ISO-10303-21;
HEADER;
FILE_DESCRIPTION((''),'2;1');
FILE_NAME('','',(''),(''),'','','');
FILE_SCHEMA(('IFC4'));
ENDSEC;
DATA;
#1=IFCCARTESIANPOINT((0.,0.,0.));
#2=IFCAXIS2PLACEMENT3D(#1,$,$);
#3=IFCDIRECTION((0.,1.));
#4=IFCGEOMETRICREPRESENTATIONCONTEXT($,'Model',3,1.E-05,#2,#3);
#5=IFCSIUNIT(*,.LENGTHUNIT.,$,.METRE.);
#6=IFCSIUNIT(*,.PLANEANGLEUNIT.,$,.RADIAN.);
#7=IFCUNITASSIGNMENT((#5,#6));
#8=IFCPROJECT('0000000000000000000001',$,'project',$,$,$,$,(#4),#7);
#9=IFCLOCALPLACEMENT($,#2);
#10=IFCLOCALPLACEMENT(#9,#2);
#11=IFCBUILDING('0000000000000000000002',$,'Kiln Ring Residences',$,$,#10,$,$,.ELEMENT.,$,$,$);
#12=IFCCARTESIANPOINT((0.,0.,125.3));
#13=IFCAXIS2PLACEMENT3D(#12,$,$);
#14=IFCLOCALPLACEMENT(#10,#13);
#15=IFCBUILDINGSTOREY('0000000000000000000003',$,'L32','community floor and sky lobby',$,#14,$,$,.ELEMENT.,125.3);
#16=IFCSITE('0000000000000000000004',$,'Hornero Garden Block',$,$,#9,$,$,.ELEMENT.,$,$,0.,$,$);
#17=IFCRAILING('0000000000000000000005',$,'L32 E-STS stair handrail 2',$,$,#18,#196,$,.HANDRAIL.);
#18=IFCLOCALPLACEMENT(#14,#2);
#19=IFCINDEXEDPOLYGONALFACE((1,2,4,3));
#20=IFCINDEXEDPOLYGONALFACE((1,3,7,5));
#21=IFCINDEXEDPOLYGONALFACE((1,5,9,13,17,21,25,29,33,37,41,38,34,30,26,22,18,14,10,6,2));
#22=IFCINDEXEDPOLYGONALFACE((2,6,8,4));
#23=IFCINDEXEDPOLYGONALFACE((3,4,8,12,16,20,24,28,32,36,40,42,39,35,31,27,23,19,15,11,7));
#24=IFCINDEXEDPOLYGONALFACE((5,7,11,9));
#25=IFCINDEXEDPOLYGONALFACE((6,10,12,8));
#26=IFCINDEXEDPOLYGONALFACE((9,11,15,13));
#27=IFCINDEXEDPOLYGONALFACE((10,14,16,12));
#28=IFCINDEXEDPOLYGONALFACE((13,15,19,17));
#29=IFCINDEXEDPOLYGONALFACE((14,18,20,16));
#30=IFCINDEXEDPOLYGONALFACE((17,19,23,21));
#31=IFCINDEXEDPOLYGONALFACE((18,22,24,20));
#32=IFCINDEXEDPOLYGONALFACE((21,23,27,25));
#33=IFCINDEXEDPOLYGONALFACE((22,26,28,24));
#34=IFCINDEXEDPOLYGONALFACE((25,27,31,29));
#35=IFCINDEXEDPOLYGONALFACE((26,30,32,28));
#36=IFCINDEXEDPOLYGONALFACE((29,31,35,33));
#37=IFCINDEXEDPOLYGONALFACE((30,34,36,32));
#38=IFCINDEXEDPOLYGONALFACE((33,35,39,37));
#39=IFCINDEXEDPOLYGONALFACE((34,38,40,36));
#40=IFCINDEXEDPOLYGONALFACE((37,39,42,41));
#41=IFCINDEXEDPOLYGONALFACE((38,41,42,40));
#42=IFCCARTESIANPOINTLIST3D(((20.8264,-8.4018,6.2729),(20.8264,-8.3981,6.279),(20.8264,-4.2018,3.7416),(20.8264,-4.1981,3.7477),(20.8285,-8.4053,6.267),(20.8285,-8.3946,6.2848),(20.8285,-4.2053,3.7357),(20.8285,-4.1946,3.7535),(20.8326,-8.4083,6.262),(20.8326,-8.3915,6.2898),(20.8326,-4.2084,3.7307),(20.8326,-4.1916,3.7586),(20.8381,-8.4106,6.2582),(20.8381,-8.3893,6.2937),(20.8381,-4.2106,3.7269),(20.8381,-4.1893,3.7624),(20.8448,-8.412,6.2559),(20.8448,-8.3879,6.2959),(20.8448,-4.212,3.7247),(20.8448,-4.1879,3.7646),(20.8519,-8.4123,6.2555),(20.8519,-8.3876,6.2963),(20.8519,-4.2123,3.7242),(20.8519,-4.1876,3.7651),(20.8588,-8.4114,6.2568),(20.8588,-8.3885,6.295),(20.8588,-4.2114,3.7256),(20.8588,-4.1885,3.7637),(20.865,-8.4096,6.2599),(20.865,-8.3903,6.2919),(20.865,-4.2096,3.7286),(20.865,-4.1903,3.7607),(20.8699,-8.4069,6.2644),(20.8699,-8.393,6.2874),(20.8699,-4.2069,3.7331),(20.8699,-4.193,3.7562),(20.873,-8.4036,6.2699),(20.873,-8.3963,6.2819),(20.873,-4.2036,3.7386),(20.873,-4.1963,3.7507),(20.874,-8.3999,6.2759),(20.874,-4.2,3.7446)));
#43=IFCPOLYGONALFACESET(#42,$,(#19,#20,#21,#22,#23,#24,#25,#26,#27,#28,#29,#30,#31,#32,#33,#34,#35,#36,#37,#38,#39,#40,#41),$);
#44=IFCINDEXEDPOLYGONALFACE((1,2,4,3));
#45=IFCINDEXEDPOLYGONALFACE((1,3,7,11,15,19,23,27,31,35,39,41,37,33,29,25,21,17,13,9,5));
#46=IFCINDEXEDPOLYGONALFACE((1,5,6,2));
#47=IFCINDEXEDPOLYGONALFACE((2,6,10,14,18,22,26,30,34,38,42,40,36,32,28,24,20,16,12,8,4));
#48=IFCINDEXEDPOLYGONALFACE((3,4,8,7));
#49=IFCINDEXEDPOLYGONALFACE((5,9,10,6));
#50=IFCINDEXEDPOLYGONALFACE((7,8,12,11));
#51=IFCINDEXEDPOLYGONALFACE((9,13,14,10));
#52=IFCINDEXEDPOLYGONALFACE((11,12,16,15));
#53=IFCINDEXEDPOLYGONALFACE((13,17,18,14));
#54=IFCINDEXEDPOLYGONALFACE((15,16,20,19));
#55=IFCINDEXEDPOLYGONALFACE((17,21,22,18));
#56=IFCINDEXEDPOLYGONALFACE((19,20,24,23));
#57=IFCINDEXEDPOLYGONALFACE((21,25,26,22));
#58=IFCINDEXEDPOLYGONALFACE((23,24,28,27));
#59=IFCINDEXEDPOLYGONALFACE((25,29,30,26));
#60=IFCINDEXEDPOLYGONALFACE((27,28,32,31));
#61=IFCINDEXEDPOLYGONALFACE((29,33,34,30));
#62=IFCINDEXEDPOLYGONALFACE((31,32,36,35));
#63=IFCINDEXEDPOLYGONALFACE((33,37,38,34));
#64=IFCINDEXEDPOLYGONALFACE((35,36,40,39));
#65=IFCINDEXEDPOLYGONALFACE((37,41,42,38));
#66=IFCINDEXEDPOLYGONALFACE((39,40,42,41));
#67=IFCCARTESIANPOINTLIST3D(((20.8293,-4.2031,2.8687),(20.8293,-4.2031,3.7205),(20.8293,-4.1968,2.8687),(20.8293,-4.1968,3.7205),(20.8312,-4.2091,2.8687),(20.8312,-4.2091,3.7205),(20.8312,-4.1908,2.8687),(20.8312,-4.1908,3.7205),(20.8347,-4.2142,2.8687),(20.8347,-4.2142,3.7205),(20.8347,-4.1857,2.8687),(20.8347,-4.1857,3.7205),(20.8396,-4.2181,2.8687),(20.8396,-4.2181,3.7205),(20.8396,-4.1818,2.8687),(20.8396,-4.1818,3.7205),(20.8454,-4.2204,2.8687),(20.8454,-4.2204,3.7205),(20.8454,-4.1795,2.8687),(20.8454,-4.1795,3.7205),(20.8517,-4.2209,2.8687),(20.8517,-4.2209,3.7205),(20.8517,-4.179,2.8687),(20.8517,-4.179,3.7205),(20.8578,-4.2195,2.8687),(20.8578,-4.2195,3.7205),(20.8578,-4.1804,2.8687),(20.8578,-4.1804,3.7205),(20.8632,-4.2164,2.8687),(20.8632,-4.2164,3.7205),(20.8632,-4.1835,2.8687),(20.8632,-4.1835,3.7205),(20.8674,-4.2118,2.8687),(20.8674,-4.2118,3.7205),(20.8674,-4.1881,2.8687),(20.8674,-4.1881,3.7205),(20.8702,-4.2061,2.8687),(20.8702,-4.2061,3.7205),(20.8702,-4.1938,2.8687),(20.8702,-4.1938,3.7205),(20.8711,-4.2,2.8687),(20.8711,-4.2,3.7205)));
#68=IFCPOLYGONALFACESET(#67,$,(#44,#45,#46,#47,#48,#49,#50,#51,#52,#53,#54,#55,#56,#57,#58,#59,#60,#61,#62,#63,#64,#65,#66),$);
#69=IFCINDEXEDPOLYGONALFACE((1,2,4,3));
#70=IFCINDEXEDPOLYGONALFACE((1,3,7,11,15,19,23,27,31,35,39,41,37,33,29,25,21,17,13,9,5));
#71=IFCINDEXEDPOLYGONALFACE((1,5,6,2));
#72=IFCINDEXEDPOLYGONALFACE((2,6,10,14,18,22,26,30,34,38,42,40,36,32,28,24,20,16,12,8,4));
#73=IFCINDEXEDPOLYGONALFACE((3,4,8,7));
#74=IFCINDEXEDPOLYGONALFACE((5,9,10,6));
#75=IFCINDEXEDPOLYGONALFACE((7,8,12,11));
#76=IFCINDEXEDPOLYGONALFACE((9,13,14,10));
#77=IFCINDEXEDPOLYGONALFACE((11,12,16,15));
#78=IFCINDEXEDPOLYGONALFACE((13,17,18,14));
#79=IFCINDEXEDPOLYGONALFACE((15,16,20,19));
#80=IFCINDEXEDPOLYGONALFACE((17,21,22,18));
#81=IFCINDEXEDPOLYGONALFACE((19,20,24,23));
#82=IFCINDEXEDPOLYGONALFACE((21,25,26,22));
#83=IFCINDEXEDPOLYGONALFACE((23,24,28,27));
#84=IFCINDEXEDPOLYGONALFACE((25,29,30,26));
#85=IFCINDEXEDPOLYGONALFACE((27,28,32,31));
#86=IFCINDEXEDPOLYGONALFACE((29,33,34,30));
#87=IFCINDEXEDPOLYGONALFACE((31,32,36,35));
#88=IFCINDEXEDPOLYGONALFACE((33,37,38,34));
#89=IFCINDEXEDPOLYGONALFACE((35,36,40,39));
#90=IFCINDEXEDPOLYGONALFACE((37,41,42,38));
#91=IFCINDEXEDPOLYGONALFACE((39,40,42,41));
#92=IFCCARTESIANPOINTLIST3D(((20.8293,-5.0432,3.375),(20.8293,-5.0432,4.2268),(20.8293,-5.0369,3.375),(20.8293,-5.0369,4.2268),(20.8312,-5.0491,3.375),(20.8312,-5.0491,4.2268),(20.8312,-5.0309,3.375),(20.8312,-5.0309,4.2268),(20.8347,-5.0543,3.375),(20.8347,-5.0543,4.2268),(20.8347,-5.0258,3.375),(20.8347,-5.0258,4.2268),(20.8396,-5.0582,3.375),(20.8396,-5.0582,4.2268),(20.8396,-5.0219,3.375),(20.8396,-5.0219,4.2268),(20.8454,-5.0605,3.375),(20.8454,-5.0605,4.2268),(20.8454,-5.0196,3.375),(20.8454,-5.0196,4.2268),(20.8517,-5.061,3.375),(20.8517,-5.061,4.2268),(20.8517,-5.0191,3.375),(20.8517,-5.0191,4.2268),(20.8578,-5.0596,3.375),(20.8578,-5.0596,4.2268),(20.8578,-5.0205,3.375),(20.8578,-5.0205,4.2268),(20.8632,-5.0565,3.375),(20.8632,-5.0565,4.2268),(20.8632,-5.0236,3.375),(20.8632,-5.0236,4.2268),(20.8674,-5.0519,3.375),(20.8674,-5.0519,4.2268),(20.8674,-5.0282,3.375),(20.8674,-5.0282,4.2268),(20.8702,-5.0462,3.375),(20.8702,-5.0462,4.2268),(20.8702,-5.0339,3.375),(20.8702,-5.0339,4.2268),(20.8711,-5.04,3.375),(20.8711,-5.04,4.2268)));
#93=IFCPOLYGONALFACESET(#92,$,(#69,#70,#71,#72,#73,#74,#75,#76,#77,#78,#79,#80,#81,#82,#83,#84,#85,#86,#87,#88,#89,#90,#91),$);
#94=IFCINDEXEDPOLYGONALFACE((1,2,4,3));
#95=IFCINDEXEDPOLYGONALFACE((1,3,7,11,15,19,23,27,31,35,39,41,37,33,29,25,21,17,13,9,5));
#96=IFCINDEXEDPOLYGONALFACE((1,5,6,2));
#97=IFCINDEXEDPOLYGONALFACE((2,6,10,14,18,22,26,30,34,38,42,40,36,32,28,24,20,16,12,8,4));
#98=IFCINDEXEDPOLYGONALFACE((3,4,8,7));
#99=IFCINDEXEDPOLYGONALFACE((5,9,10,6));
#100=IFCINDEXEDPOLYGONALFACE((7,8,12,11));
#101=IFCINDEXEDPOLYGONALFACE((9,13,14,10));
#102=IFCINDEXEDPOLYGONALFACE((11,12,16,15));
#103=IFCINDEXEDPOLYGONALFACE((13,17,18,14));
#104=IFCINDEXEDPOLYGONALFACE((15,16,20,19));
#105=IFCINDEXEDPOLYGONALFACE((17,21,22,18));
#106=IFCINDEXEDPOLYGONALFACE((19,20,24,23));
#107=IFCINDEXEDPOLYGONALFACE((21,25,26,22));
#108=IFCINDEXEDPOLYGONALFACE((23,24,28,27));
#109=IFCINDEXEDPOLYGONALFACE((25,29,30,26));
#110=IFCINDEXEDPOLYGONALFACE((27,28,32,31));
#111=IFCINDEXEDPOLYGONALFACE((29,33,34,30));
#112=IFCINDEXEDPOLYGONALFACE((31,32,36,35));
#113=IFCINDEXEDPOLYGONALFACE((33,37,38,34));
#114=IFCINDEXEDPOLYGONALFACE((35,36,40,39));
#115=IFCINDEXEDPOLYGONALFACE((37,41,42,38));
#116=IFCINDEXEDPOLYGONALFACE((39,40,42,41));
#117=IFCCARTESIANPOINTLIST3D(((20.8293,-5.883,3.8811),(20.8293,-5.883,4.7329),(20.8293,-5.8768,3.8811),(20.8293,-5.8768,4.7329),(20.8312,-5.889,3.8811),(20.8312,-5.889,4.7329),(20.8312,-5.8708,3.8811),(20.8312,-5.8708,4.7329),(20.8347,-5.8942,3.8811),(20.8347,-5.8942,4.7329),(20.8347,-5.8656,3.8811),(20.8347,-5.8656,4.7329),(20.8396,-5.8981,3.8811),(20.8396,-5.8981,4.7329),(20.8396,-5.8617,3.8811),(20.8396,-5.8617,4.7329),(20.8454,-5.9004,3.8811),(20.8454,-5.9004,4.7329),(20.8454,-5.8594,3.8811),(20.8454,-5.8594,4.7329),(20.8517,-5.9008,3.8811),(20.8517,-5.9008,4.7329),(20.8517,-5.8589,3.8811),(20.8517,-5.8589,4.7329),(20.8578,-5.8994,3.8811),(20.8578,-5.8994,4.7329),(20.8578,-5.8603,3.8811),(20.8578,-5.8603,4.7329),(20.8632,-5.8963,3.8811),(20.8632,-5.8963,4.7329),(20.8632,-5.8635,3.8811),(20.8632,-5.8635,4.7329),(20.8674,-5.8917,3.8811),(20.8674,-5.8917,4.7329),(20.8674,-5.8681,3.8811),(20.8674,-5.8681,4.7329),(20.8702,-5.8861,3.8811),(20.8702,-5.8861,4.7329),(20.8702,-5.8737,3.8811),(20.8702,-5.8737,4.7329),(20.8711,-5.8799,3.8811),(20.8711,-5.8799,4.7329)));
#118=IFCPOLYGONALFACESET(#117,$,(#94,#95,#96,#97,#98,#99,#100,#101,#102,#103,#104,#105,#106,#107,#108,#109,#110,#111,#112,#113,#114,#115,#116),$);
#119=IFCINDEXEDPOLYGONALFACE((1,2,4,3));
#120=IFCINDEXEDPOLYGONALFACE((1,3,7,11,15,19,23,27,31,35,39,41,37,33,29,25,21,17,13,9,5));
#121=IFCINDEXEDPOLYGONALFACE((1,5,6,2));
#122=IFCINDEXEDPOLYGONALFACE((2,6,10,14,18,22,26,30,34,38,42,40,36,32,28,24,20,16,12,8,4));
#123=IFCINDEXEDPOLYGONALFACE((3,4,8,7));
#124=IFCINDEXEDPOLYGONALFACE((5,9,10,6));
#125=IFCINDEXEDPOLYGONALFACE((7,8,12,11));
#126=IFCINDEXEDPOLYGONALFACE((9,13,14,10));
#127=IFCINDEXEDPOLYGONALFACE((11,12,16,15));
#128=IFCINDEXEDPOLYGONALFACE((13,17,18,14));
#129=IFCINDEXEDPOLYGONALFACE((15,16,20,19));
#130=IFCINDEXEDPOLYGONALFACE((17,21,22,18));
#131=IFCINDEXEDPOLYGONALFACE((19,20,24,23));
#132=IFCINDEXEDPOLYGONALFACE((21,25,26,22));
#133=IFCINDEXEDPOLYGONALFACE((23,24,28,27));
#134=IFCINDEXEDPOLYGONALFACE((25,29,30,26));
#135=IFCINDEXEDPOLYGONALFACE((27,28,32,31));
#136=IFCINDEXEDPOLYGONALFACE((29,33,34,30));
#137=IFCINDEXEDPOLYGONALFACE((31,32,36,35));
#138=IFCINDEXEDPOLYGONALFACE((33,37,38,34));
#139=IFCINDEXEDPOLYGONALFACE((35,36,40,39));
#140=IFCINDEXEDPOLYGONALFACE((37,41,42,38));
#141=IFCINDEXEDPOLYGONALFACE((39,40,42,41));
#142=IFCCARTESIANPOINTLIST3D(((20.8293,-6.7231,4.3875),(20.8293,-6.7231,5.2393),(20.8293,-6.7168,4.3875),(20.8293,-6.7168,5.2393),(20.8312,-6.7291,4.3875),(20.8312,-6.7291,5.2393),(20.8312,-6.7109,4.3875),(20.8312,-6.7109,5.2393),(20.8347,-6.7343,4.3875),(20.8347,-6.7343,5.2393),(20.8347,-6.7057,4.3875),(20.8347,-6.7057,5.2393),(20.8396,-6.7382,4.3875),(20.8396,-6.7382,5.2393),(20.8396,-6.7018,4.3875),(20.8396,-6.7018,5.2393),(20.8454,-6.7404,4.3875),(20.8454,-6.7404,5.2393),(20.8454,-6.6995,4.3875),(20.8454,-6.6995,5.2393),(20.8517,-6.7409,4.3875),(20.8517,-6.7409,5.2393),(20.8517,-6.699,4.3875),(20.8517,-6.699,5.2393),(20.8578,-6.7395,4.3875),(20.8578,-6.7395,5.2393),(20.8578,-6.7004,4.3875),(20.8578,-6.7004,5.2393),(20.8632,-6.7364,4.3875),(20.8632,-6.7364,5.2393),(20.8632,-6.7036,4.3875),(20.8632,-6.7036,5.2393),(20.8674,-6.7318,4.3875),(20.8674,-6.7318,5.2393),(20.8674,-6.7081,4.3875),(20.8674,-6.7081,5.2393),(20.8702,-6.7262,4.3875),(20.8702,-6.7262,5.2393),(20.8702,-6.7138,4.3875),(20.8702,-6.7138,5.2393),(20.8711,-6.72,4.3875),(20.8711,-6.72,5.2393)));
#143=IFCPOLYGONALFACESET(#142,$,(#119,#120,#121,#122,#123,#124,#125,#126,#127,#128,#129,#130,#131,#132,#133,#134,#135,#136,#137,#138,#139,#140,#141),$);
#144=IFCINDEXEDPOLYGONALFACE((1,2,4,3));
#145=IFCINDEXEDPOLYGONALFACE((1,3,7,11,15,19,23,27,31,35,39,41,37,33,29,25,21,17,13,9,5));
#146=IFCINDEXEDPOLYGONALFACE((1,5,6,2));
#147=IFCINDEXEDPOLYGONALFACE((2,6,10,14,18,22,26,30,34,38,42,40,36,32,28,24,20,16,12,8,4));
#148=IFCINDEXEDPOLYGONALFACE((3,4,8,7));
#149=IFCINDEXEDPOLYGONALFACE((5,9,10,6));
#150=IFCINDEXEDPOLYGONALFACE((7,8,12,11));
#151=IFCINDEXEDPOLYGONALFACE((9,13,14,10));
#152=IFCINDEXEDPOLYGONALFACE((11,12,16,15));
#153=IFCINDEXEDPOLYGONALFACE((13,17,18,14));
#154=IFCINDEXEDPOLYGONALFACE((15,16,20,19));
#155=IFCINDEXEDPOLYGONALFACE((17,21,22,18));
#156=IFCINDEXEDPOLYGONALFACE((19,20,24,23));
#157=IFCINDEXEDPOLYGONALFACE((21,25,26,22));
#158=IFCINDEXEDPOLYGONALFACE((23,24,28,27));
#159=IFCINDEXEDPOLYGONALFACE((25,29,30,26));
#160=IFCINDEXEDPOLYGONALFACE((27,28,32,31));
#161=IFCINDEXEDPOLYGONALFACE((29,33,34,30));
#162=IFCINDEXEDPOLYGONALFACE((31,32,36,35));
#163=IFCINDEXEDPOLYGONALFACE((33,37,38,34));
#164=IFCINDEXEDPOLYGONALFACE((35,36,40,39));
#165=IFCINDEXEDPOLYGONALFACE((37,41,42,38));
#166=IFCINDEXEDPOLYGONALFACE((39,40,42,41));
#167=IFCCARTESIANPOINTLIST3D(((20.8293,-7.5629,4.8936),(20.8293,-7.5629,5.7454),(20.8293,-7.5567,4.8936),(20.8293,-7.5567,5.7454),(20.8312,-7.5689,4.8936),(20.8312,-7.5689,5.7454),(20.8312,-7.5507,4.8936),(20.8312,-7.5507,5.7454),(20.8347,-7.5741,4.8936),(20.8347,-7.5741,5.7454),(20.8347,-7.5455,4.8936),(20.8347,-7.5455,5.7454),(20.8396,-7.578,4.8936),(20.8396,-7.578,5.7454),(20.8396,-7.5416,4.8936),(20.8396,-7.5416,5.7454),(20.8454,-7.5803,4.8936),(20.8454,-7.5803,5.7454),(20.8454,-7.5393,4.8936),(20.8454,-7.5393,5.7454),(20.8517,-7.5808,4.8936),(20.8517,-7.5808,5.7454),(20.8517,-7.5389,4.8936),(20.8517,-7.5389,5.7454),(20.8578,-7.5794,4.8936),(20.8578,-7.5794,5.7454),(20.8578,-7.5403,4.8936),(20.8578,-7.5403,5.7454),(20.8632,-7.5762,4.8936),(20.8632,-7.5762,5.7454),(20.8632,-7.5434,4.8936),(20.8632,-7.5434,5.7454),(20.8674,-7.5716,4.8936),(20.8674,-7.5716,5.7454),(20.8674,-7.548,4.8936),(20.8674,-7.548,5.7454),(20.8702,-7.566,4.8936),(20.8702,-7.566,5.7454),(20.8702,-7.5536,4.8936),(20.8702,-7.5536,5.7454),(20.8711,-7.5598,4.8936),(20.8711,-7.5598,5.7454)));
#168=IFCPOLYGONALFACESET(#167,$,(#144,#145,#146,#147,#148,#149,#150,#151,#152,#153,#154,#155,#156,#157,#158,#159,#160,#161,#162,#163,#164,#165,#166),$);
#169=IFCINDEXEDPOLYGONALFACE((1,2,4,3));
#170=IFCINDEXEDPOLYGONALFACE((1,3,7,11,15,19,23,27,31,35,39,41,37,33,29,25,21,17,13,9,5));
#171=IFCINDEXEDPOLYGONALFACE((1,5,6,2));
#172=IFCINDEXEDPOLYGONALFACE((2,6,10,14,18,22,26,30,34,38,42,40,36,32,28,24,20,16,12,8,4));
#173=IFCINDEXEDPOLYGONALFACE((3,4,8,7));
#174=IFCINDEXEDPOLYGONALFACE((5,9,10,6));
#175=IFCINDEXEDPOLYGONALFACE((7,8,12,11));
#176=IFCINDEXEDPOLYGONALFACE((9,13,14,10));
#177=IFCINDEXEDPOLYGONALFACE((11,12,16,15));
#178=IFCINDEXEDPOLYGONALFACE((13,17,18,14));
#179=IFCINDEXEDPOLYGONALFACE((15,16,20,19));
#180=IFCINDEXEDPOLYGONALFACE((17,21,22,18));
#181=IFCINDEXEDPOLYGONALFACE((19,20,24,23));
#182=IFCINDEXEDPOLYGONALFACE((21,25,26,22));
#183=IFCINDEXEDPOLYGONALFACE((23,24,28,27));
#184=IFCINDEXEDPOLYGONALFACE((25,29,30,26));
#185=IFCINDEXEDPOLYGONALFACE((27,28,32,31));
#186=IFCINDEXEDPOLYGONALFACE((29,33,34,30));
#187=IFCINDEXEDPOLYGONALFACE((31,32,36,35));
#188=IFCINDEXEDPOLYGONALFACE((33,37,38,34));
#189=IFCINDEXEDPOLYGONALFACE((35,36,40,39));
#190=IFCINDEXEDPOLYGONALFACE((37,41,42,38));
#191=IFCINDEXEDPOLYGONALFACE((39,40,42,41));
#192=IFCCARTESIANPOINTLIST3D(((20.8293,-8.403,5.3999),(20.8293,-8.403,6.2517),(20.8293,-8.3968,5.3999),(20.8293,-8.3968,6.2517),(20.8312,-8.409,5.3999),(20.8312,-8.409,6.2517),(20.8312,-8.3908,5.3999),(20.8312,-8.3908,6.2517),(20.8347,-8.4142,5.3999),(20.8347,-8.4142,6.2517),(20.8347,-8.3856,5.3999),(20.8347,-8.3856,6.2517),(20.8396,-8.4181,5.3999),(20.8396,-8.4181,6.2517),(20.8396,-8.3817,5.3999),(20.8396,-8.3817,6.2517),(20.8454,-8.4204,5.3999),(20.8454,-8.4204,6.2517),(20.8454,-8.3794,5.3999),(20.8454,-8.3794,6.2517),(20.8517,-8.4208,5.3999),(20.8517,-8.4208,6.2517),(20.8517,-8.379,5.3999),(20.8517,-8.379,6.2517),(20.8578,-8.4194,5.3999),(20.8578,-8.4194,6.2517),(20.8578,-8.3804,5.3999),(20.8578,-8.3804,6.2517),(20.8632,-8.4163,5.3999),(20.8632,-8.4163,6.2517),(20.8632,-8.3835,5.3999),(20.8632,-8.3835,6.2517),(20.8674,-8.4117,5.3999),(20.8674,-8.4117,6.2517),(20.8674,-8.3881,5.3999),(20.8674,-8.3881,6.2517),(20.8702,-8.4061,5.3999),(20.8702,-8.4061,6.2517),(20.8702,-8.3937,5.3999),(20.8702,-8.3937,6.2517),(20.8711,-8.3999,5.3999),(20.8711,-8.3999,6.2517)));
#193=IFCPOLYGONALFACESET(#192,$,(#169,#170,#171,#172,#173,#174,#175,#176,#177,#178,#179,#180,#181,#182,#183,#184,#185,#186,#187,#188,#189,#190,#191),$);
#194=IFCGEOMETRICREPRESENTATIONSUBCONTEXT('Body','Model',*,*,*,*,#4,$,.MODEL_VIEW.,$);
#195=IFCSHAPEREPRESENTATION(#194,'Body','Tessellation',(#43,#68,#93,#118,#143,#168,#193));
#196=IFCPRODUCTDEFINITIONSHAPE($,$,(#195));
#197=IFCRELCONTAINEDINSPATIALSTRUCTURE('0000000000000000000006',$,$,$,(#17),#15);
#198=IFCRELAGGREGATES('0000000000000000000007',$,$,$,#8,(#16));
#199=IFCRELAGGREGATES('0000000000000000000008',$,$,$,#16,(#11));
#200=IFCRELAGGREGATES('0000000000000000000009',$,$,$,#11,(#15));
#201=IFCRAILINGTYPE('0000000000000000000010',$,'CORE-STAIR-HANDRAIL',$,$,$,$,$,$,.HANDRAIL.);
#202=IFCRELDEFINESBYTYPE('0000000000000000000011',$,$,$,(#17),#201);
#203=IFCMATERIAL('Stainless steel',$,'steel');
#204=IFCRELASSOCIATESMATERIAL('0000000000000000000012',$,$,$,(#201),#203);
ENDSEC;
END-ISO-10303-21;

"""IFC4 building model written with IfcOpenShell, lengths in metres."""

from ifc_helpers import new_model, si_unit, direction, frame, origin, origin_2d, place, context, subcontext, project, spatial, circle, extrude, material, type_object, element, save


model = new_model("IFC4")

# Units and contexts
model_context = context("Model", 3, precision=1e-05, world=origin(), true_north=direction((0.0, 1.0)))
body_context = subcontext(model_context, "Body", "Model", "MODEL_VIEW")
ifc_project = project(units=[si_unit("LENGTHUNIT", "METRE"), si_unit("PLANEANGLEUNIT", "RADIAN")], contexts=[model_context])

# Site, building, storey
site_placement = place(None, origin())
site = spatial("IfcSite", under=ifc_project, at=site_placement, Name="Hornero Garden Block", CompositionType="ELEMENT", RefElevation=0.0)
building_placement = place(site_placement, origin())
building = spatial("IfcBuilding", under=site, at=building_placement, Name="Kiln Ring Residences", CompositionType="ELEMENT")
storey_placement = place(building_placement, frame((0.0, 0.0, 125.3)))
storey = spatial("IfcBuildingStorey", under=building, at=storey_placement, Name="L32", Description="community floor and sky lobby", CompositionType="ELEMENT", Elevation=125.3)

# Railing
ifc_material_1 = material(Name="Stainless steel", Category="steel")
railing_type_1 = type_object("IfcRailingType", Name="CORE-STAIR-HANDRAIL", PredefinedType="HANDRAIL", material=ifc_material_1)
railing_1_placement = place(storey_placement, frame((20.8501, -4.2, 2.8687)))
element("IfcRailing", 1, at=railing_1_placement, inside=storey, type_object=railing_type_1, Name="L32 E-STS stair handrail 2", PredefinedType="HANDRAIL", context=body_context, shape_type="SweptSolid", body=[
    extrude(circle(Radius=0.0239, at=origin_2d()), frame((0.0, 0.0, 0.876), z_axis=(0.0, -0.856476, 0.516186), x_axis=(1.0, 0.0, 0.0)), (0.0, 0.0, 1.0), 4.9038),
    extrude(circle(Radius=0.021, at=origin_2d()), origin(), (0.0, 0.0, 1.0), 0.8518),
    extrude(circle(Radius=0.021, at=origin_2d()), frame((0.0, -0.8401, 0.5063)), (0.0, 0.0, 1.0), 0.8518),
    extrude(circle(Radius=0.021, at=origin_2d()), frame((0.0, -1.6799, 1.0125)), (0.0, 0.0, 1.0), 0.8518),
    extrude(circle(Radius=0.021, at=origin_2d()), frame((0.0, -2.52, 1.5188)), (0.0, 0.0, 1.0), 0.8518),
    extrude(circle(Radius=0.021, at=origin_2d()), frame((0.0, -3.3599, 2.0249)), (0.0, 0.0, 1.0), 0.8518),
    extrude(circle(Radius=0.021, at=origin_2d()), frame((0.0, -4.2, 2.5312)), (0.0, 0.0, 1.0), 0.8518),
])

save(model, "model.ifc")
